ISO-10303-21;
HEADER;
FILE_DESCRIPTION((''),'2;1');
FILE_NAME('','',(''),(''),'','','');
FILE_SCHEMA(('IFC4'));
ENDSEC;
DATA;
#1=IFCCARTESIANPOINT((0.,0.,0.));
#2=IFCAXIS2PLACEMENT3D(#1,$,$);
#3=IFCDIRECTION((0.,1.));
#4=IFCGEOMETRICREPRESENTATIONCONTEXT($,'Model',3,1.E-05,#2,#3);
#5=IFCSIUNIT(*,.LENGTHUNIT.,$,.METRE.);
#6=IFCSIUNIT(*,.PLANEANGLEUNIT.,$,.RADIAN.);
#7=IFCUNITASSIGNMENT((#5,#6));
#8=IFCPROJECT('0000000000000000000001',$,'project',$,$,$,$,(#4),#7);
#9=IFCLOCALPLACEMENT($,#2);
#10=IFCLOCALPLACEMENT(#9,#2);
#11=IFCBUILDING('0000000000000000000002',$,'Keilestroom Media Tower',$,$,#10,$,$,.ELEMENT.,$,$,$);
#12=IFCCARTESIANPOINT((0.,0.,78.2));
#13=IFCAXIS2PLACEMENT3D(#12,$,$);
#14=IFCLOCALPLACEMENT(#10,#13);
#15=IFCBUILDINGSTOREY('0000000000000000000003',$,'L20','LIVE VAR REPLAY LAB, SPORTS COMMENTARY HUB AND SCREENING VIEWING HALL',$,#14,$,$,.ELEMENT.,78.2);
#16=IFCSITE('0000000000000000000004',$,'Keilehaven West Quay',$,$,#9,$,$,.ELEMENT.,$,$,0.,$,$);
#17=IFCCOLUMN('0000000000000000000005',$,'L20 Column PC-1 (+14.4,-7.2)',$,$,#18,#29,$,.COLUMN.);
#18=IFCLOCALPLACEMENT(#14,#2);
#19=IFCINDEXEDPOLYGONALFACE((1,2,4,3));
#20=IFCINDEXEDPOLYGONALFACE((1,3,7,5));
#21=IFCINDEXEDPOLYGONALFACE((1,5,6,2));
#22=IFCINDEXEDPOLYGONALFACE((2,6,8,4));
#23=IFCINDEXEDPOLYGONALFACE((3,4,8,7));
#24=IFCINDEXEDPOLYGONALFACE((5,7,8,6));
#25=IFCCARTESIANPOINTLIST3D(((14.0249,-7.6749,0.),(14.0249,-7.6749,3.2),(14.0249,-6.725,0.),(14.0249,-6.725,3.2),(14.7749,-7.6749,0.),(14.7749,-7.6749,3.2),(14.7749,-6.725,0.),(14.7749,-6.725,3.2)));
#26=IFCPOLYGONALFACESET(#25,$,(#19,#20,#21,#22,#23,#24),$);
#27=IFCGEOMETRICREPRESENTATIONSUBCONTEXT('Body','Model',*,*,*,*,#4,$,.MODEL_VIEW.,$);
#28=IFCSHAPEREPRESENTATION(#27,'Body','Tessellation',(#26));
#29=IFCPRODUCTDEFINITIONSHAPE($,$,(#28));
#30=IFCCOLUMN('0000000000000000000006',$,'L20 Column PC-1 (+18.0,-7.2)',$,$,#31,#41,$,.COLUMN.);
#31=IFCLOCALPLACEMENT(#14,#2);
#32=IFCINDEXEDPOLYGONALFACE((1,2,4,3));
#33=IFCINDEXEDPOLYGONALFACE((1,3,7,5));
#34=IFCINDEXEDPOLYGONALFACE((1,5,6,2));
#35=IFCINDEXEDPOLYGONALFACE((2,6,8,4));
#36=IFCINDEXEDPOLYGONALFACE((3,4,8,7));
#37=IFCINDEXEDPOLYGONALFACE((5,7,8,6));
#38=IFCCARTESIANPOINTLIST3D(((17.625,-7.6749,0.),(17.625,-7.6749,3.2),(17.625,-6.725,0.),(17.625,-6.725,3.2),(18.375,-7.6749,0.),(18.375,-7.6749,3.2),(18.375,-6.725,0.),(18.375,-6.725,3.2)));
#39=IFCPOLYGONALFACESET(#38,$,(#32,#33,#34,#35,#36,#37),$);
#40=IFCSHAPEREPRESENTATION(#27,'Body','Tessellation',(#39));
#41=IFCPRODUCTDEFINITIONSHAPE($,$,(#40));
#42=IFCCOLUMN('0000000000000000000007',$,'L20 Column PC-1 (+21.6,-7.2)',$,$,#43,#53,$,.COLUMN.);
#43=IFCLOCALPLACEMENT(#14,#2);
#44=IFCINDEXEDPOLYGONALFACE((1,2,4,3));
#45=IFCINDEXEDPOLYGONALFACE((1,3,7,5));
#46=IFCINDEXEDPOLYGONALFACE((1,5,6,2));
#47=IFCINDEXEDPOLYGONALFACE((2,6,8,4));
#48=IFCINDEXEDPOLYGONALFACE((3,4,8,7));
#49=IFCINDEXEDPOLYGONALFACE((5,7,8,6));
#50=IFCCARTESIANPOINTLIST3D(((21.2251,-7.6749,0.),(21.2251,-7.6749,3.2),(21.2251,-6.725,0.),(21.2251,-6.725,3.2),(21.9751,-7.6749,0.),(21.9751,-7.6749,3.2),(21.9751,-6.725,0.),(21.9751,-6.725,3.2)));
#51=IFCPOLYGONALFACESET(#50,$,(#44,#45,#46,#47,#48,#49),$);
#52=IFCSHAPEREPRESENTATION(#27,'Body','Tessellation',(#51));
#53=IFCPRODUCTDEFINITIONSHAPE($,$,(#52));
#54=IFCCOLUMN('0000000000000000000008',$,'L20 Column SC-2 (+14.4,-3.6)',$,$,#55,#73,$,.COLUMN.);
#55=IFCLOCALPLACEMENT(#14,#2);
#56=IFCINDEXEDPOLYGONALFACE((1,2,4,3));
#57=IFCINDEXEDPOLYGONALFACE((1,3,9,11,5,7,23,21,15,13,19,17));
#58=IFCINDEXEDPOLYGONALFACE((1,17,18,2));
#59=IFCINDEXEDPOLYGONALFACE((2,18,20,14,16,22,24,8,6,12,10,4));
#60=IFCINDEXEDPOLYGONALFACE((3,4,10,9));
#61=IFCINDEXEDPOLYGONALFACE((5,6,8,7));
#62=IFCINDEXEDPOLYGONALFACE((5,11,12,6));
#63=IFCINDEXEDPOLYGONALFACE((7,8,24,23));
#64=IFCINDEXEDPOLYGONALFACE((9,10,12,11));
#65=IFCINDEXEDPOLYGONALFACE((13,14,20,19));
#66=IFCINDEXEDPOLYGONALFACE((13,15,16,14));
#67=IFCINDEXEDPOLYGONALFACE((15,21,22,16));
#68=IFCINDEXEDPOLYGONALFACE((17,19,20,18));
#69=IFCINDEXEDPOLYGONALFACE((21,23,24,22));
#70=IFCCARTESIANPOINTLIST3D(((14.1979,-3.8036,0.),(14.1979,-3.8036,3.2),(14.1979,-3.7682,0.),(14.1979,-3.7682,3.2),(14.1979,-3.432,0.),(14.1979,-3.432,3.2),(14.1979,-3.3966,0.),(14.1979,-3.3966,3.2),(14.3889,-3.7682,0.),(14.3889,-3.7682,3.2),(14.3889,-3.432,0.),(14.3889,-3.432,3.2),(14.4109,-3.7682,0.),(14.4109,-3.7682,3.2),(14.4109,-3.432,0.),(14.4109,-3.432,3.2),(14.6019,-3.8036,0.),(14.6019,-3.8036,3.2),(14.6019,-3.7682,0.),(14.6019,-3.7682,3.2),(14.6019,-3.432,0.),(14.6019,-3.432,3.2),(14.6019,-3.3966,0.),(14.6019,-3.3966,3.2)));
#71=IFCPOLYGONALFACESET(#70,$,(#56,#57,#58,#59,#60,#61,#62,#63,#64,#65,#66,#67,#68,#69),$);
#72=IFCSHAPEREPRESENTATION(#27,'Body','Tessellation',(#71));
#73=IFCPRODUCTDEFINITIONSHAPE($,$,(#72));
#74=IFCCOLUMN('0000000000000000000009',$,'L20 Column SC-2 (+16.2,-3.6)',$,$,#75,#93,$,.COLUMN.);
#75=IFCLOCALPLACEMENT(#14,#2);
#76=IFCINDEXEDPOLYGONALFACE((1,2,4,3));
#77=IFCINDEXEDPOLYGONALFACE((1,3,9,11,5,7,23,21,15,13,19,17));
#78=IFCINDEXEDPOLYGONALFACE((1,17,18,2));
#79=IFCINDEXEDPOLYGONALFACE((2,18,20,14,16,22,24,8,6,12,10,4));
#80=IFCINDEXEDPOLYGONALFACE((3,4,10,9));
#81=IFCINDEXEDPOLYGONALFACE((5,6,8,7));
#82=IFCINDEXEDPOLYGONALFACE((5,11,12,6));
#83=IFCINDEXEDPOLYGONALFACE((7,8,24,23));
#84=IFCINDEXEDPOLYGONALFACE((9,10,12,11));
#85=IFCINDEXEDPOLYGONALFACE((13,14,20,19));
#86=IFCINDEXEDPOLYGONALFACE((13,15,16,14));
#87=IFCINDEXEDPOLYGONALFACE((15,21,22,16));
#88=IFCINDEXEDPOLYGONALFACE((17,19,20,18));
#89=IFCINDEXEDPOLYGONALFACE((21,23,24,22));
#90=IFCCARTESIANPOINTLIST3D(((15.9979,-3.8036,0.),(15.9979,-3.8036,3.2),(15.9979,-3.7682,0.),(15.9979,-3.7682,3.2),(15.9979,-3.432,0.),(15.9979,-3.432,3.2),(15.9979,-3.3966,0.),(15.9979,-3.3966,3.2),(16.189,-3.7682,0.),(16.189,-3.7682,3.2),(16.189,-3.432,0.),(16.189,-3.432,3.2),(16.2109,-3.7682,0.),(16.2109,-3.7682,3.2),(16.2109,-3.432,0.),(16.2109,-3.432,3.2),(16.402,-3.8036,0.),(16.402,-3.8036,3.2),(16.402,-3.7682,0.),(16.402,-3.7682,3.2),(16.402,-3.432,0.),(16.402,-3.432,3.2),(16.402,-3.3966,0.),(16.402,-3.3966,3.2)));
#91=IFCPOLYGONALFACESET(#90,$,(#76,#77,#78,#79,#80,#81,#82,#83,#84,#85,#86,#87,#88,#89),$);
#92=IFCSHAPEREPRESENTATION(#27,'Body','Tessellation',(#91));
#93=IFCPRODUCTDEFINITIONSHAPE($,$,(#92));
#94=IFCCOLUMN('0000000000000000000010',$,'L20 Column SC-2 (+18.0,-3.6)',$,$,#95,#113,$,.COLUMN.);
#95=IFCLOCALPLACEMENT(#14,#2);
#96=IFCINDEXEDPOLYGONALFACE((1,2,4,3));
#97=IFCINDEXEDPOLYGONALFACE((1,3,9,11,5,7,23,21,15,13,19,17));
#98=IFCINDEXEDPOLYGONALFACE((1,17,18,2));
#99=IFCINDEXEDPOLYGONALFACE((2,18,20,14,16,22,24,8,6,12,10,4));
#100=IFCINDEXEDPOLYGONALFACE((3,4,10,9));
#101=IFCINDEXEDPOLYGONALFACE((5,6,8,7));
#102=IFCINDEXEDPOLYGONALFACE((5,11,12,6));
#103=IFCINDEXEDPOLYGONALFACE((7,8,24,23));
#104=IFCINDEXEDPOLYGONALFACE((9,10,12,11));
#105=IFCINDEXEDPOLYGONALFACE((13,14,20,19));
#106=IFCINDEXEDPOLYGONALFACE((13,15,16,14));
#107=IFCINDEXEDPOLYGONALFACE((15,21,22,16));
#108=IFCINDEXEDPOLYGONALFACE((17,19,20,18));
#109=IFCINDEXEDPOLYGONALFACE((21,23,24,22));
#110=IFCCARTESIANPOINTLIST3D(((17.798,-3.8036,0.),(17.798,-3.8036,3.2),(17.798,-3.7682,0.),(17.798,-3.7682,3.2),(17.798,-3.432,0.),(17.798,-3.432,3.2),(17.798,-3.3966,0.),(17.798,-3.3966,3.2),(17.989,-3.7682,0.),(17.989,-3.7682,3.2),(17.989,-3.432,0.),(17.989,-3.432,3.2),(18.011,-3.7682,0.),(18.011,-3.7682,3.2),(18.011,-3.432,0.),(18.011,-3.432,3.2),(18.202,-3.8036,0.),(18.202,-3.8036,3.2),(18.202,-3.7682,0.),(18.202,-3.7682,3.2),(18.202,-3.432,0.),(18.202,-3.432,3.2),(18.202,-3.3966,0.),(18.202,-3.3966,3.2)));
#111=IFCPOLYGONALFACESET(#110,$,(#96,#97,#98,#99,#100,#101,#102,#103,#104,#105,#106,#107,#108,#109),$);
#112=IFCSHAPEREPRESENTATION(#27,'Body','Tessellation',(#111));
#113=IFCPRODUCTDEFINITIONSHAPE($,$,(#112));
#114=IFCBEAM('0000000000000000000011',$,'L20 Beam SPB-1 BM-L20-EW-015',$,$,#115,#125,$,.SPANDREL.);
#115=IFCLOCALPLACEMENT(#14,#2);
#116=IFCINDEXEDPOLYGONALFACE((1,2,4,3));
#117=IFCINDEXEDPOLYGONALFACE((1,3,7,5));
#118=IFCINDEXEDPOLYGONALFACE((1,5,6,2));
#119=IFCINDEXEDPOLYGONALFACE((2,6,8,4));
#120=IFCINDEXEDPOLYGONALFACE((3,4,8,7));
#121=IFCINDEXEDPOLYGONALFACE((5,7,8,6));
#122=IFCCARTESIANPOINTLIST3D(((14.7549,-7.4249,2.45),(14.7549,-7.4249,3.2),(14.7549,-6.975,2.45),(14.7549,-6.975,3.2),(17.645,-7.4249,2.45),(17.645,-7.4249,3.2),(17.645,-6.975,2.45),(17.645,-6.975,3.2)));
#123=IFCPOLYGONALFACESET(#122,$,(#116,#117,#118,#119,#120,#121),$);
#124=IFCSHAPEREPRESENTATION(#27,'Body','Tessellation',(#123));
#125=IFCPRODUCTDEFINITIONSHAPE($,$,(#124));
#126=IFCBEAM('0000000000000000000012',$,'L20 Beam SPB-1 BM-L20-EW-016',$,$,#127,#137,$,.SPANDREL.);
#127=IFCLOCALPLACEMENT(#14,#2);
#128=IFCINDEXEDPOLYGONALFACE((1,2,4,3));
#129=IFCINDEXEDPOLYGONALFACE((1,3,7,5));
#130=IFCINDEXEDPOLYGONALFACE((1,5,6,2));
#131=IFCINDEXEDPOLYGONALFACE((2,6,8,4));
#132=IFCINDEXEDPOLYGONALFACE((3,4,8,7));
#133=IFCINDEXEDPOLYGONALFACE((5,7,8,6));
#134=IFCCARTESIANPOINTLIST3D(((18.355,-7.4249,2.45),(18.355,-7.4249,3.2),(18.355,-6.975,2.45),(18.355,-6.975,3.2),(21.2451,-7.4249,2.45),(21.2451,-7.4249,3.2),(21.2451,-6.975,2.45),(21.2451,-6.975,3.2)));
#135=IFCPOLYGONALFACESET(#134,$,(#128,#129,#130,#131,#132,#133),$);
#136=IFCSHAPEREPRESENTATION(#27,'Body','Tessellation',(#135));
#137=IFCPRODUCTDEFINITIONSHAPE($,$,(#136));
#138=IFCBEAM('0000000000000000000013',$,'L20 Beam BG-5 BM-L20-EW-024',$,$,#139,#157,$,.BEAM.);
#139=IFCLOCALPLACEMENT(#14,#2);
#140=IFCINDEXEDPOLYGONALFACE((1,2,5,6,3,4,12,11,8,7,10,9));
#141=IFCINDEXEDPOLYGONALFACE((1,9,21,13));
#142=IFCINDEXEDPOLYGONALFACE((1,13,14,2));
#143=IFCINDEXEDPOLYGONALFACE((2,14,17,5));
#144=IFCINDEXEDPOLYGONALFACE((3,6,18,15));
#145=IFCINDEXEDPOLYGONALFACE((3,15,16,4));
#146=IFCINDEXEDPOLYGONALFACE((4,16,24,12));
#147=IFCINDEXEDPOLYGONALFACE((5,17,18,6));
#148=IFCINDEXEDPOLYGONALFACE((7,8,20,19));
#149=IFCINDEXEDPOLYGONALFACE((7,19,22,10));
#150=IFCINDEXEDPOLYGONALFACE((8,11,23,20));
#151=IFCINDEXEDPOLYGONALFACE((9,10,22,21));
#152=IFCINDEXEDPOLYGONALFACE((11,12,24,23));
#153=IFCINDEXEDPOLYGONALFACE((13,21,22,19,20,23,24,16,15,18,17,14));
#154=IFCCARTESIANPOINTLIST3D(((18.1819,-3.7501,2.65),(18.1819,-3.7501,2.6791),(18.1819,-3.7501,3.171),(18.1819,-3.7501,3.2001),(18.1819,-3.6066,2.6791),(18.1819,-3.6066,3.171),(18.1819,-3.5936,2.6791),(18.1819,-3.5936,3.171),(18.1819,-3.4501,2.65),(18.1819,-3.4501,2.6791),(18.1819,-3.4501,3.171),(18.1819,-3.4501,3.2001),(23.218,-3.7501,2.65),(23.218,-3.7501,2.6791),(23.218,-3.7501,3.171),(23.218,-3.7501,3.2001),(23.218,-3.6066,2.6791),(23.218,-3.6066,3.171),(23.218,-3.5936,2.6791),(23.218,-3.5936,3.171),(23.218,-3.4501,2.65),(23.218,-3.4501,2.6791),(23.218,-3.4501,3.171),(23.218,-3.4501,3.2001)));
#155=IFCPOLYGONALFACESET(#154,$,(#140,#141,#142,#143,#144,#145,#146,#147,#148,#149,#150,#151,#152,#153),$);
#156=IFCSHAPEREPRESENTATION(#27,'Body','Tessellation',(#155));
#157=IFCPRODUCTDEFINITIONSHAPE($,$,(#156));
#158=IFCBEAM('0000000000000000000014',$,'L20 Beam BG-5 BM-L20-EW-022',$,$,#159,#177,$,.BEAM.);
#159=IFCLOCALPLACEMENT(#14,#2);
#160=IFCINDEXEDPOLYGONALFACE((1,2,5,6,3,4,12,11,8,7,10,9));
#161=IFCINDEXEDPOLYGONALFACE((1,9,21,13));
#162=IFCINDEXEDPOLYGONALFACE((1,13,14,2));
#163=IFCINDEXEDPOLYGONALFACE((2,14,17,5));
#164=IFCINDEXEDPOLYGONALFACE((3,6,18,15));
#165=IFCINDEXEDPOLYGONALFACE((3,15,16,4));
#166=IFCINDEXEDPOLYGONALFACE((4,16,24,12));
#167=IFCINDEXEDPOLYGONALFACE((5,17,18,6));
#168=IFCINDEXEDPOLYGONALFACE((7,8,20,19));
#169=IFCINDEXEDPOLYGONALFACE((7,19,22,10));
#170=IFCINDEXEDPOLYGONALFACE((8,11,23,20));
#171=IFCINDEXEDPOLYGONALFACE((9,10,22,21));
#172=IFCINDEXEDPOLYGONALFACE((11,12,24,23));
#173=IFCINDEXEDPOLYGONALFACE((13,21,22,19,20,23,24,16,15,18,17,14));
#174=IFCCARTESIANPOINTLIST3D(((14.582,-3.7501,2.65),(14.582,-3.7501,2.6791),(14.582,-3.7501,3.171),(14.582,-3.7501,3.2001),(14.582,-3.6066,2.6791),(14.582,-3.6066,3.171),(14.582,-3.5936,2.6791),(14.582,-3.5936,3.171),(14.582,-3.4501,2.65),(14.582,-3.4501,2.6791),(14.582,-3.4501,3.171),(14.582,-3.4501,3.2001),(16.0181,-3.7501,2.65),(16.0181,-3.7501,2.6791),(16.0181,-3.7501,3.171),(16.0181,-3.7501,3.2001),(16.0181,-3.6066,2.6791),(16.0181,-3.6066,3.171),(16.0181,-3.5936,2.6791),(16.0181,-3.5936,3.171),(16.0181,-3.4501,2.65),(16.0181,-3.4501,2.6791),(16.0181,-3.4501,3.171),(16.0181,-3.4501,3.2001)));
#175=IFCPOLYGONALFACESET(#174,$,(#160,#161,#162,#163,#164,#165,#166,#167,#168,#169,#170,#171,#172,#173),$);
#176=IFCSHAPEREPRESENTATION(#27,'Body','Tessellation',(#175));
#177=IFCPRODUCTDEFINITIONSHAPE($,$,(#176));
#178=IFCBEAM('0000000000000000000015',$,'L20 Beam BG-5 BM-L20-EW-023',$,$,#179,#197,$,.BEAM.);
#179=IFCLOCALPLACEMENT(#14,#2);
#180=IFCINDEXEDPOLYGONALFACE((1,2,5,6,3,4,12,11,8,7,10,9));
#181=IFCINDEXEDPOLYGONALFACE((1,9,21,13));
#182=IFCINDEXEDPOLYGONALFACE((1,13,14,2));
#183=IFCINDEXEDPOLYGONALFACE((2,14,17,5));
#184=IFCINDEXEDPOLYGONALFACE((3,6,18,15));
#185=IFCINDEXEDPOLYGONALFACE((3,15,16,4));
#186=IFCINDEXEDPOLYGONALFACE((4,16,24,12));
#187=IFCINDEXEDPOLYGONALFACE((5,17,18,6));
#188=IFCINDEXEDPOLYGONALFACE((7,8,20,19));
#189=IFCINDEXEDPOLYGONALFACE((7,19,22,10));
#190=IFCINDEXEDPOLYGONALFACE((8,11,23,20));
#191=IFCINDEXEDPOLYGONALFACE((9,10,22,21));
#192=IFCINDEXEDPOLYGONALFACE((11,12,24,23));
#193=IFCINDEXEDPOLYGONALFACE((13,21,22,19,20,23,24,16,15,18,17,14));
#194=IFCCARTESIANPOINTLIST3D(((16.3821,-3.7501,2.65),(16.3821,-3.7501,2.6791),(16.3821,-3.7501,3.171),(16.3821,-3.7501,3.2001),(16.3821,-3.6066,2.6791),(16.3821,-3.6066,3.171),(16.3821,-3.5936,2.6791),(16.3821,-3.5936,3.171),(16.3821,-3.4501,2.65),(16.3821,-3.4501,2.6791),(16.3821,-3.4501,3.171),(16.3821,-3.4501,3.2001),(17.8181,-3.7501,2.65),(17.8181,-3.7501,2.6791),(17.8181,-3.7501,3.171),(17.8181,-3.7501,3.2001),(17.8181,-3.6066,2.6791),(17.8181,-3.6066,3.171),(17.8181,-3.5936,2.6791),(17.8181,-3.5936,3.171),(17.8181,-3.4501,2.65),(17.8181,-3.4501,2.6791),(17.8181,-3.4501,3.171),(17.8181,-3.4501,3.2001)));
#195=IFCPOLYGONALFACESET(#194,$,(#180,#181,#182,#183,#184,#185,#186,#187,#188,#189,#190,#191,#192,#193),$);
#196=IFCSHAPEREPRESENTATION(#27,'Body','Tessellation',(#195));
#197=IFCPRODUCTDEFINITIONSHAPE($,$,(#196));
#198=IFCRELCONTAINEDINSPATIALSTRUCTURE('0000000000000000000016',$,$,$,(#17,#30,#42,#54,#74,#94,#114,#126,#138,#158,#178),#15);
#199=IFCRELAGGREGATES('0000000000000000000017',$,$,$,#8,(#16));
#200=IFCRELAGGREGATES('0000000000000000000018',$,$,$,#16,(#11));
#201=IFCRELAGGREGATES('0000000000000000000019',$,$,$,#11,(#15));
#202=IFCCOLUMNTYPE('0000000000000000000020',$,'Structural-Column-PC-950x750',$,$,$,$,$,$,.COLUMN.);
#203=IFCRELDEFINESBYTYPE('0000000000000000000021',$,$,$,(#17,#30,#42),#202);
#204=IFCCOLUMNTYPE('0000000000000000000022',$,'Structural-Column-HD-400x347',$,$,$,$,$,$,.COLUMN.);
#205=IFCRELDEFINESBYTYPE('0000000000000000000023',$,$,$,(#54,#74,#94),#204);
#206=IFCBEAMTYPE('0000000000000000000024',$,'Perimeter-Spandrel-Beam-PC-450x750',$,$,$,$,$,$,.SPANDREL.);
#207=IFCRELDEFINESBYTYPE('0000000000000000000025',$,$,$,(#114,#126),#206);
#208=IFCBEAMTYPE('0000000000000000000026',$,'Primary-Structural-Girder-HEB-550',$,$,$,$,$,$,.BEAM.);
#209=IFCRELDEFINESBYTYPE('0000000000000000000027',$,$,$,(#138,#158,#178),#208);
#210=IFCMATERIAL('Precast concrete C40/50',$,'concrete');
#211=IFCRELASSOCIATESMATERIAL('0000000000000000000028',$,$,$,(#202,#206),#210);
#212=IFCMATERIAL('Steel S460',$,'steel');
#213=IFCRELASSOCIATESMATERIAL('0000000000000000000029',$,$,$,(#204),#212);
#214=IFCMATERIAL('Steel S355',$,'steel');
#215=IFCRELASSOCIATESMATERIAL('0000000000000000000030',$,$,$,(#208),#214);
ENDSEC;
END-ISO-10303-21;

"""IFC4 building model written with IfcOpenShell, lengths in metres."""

from ifc_helpers import new_model, si_unit, direction, frame, origin, origin_2d, place, context, subcontext, project, spatial, rectangle, i_section, extrude, source, transform, mapped, material, material_profile, profile_set, type_object, element, save


model = new_model("IFC4")

# Units and contexts
model_context = context("Model", 3, precision=1e-05, world=origin(), true_north=direction((0.0, 1.0)))
body_context = subcontext(model_context, "Body", "Model", "MODEL_VIEW")
ifc_project = project(units=[si_unit("LENGTHUNIT", "METRE"), si_unit("PLANEANGLEUNIT", "RADIAN")], contexts=[model_context])

# Site, building, storey
site_placement = place(None, origin())
site = spatial("IfcSite", under=ifc_project, at=site_placement, Name="Keilehaven West Quay", CompositionType="ELEMENT", RefElevation=0.0)
building_placement = place(site_placement, origin())
building = spatial("IfcBuilding", under=site, at=building_placement, Name="Keilestroom Media Tower", CompositionType="ELEMENT")
storey_placement = place(building_placement, frame((0.0, 0.0, 78.2)))
storey = spatial("IfcBuildingStorey", under=building, at=storey_placement, Name="L20", Description="LIVE VAR REPLAY LAB, SPORTS COMMENTARY HUB AND SCREENING VIEWING HALL", CompositionType="ELEMENT", Elevation=78.2)

# Columns
ifc_material_1 = material(Name="Precast concrete C40/50", Category="concrete")
ifc_material_profile_1 = material_profile(ifc_material_1, rectangle(XDim=0.75, YDim=0.95, at=origin_2d()), Name="PC 950x750")
ifc_profile_set_1 = profile_set([ifc_material_profile_1], Name="Precast concrete C40/50")
column_type_1 = type_object("IfcColumnType", Name="Structural-Column-PC-950x750", PredefinedType="COLUMN", material=ifc_profile_set_1)
shared_shape_1 = source(origin(), body_context, "Body", "SweptSolid", [
    extrude(rectangle(XDim=0.75, YDim=0.95, at=origin_2d()), origin(), (0.0, 0.0, 1.0), 3.2),
])
for number, where, z_axis, x_axis, name in (
    (1, (14.3999, -7.2, 0.0), (0.0, 0.0, 1.0), (1.0, 0.0, 0.0), "L20 Column PC-1 (+14.4,-7.2)"),
    (2, (18.0, -7.2, 0.0), (0.0, 0.0, 1.0), (1.0, 0.0, 0.0), "L20 Column PC-1 (+18.0,-7.2)"),
    (3, (21.6001, -7.2, 0.0), (0.0, 0.0, 1.0), (1.0, 0.0, 0.0), "L20 Column PC-1 (+21.6,-7.2)"),
):
    element("IfcColumn", number, at=place(storey_placement, frame(where, z_axis=z_axis, x_axis=x_axis)), inside=storey, type_object=column_type_1, Name=name, PredefinedType="COLUMN", context=body_context, shape_type="MappedRepresentation", body=[
        mapped(shared_shape_1, transform((0.0, 0.0, 0.0), x_axis=(1.0, 0.0, 0.0), y_axis=(0.0, 1.0, 0.0), z_axis=(0.0, 0.0, 1.0), scale=1.0)),
    ])
ifc_material_2 = material(Name="Steel S460", Category="steel")
ifc_material_profile_2 = material_profile(ifc_material_2, i_section(OverallWidth=0.4041, OverallDepth=0.407, WebThickness=0.022, FlangeThickness=0.0354, at=origin_2d()), Name="HD 400x347")
ifc_profile_set_2 = profile_set([ifc_material_profile_2], Name="Steel S460")
column_type_2 = type_object("IfcColumnType", Name="Structural-Column-HD-400x347", PredefinedType="COLUMN", material=ifc_profile_set_2)
shared_shape_2 = source(origin(), body_context, "Body", "SweptSolid", [
    extrude(i_section(OverallWidth=0.4041, OverallDepth=0.407, WebThickness=0.022, FlangeThickness=0.0354, at=origin_2d()), origin(), (0.0, 0.0, 1.0), 3.2),
])
for number, where, z_axis, x_axis, name in (
    (4, (14.3999, -3.6001, 0.0), (0.0, 0.0, 1.0), (1.0, 0.0, 0.0), "L20 Column SC-2 (+14.4,-3.6)"),
    (5, (16.2, -3.6001, 0.0), (0.0, 0.0, 1.0), (1.0, 0.0, 0.0), "L20 Column SC-2 (+16.2,-3.6)"),
    (6, (18.0, -3.6001, 0.0), (0.0, 0.0, 1.0), (1.0, 0.0, 0.0), "L20 Column SC-2 (+18.0,-3.6)"),
):
    element("IfcColumn", number, at=place(storey_placement, frame(where, z_axis=z_axis, x_axis=x_axis)), inside=storey, type_object=column_type_2, Name=name, PredefinedType="COLUMN", context=body_context, shape_type="MappedRepresentation", body=[
        mapped(shared_shape_2, transform((0.0, 0.0, 0.0), x_axis=(1.0, 0.0, 0.0), y_axis=(0.0, 1.0, 0.0), z_axis=(0.0, 0.0, 1.0), scale=1.0)),
    ])

# Beams
ifc_material_profile_3 = material_profile(ifc_material_1, rectangle(XDim=0.45, YDim=0.75, at=origin_2d()), Name="PC 450x750")
ifc_profile_set_3 = profile_set([ifc_material_profile_3], Name="Precast concrete C40/50")
beam_type_1 = type_object("IfcBeamType", Name="Perimeter-Spandrel-Beam-PC-450x750", PredefinedType="SPANDREL", material=ifc_profile_set_3)
shared_shape_3 = source(origin(), body_context, "Body", "SweptSolid", [
    extrude(rectangle(XDim=0.45, YDim=0.75, at=origin_2d()), origin(), (0.0, 0.0, 1.0), 2.8901),
])
for number, where, z_axis, x_axis, name in (
    (7, (14.7549, -7.2, 2.825), (1.0, 0.0, 0.0), (0.0, 1.0, 0.0), "L20 Beam SPB-1 BM-L20-EW-015"),
    (8, (18.355, -7.2, 2.825), (1.0, 0.0, 0.0), (0.0, 1.0, 0.0), "L20 Beam SPB-1 BM-L20-EW-016"),
):
    element("IfcBeam", number, at=place(storey_placement, frame(where, z_axis=z_axis, x_axis=x_axis)), inside=storey, type_object=beam_type_1, Name=name, PredefinedType="SPANDREL", context=body_context, shape_type="MappedRepresentation", body=[
        mapped(shared_shape_3, transform((0.0, 0.0, 0.0), x_axis=(1.0, 0.0, 0.0), y_axis=(0.0, 1.0, 0.0), z_axis=(0.0, 0.0, 1.0), scale=1.0)),
    ])
ifc_material_3 = material(Name="Steel S355", Category="steel")
ifc_material_profile_4 = material_profile(ifc_material_3, i_section(OverallWidth=0.3, OverallDepth=0.55, WebThickness=0.0129, FlangeThickness=0.0291, at=origin_2d()), Name="HEB 550")
ifc_profile_set_4 = profile_set([ifc_material_profile_4], Name="Steel S355")
beam_type_2 = type_object("IfcBeamType", Name="Primary-Structural-Girder-HEB-550", PredefinedType="BEAM", material=ifc_profile_set_4)
shared_shape_4 = source(origin(), body_context, "Body", "SweptSolid", [
    extrude(i_section(OverallWidth=0.3, OverallDepth=0.55, WebThickness=0.0129, FlangeThickness=0.0291, at=origin_2d()), origin(), (0.0, 0.0, 1.0), 5.0361),
])
beam_1_placement = place(storey_placement, frame((18.1819, -3.6001, 2.925), z_axis=(1.0, 0.0, 0.0), x_axis=(0.0, 1.0, 0.0)))
element("IfcBeam", 9, at=beam_1_placement, inside=storey, type_object=beam_type_2, Name="L20 Beam BG-5 BM-L20-EW-024", PredefinedType="BEAM", context=body_context, shape_type="MappedRepresentation", body=[
    mapped(shared_shape_4, transform((0.0, 0.0, 0.0), x_axis=(1.0, 0.0, 0.0), y_axis=(0.0, 1.0, 0.0), z_axis=(0.0, 0.0, 1.0), scale=1.0)),
])
shared_shape_5 = source(origin(), body_context, "Body", "SweptSolid", [
    extrude(i_section(OverallWidth=0.3, OverallDepth=0.55, WebThickness=0.0129, FlangeThickness=0.0291, at=origin_2d()), origin(), (0.0, 0.0, 1.0), 1.436),
])
for number, where, z_axis, x_axis, name in (
    (10, (14.582, -3.6001, 2.925), (1.0, 0.0, 0.0), (0.0, 1.0, 0.0), "L20 Beam BG-5 BM-L20-EW-022"),
    (11, (16.3821, -3.6001, 2.925), (1.0, 0.0, 0.0), (0.0, 1.0, 0.0), "L20 Beam BG-5 BM-L20-EW-023"),
):
    element("IfcBeam", number, at=place(storey_placement, frame(where, z_axis=z_axis, x_axis=x_axis)), inside=storey, type_object=beam_type_2, Name=name, PredefinedType="BEAM", context=body_context, shape_type="MappedRepresentation", body=[
        mapped(shared_shape_5, transform((0.0, 0.0, 0.0), x_axis=(1.0, 0.0, 0.0), y_axis=(0.0, 1.0, 0.0), z_axis=(0.0, 0.0, 1.0), scale=1.0)),
    ])

save(model, "model.ifc")
